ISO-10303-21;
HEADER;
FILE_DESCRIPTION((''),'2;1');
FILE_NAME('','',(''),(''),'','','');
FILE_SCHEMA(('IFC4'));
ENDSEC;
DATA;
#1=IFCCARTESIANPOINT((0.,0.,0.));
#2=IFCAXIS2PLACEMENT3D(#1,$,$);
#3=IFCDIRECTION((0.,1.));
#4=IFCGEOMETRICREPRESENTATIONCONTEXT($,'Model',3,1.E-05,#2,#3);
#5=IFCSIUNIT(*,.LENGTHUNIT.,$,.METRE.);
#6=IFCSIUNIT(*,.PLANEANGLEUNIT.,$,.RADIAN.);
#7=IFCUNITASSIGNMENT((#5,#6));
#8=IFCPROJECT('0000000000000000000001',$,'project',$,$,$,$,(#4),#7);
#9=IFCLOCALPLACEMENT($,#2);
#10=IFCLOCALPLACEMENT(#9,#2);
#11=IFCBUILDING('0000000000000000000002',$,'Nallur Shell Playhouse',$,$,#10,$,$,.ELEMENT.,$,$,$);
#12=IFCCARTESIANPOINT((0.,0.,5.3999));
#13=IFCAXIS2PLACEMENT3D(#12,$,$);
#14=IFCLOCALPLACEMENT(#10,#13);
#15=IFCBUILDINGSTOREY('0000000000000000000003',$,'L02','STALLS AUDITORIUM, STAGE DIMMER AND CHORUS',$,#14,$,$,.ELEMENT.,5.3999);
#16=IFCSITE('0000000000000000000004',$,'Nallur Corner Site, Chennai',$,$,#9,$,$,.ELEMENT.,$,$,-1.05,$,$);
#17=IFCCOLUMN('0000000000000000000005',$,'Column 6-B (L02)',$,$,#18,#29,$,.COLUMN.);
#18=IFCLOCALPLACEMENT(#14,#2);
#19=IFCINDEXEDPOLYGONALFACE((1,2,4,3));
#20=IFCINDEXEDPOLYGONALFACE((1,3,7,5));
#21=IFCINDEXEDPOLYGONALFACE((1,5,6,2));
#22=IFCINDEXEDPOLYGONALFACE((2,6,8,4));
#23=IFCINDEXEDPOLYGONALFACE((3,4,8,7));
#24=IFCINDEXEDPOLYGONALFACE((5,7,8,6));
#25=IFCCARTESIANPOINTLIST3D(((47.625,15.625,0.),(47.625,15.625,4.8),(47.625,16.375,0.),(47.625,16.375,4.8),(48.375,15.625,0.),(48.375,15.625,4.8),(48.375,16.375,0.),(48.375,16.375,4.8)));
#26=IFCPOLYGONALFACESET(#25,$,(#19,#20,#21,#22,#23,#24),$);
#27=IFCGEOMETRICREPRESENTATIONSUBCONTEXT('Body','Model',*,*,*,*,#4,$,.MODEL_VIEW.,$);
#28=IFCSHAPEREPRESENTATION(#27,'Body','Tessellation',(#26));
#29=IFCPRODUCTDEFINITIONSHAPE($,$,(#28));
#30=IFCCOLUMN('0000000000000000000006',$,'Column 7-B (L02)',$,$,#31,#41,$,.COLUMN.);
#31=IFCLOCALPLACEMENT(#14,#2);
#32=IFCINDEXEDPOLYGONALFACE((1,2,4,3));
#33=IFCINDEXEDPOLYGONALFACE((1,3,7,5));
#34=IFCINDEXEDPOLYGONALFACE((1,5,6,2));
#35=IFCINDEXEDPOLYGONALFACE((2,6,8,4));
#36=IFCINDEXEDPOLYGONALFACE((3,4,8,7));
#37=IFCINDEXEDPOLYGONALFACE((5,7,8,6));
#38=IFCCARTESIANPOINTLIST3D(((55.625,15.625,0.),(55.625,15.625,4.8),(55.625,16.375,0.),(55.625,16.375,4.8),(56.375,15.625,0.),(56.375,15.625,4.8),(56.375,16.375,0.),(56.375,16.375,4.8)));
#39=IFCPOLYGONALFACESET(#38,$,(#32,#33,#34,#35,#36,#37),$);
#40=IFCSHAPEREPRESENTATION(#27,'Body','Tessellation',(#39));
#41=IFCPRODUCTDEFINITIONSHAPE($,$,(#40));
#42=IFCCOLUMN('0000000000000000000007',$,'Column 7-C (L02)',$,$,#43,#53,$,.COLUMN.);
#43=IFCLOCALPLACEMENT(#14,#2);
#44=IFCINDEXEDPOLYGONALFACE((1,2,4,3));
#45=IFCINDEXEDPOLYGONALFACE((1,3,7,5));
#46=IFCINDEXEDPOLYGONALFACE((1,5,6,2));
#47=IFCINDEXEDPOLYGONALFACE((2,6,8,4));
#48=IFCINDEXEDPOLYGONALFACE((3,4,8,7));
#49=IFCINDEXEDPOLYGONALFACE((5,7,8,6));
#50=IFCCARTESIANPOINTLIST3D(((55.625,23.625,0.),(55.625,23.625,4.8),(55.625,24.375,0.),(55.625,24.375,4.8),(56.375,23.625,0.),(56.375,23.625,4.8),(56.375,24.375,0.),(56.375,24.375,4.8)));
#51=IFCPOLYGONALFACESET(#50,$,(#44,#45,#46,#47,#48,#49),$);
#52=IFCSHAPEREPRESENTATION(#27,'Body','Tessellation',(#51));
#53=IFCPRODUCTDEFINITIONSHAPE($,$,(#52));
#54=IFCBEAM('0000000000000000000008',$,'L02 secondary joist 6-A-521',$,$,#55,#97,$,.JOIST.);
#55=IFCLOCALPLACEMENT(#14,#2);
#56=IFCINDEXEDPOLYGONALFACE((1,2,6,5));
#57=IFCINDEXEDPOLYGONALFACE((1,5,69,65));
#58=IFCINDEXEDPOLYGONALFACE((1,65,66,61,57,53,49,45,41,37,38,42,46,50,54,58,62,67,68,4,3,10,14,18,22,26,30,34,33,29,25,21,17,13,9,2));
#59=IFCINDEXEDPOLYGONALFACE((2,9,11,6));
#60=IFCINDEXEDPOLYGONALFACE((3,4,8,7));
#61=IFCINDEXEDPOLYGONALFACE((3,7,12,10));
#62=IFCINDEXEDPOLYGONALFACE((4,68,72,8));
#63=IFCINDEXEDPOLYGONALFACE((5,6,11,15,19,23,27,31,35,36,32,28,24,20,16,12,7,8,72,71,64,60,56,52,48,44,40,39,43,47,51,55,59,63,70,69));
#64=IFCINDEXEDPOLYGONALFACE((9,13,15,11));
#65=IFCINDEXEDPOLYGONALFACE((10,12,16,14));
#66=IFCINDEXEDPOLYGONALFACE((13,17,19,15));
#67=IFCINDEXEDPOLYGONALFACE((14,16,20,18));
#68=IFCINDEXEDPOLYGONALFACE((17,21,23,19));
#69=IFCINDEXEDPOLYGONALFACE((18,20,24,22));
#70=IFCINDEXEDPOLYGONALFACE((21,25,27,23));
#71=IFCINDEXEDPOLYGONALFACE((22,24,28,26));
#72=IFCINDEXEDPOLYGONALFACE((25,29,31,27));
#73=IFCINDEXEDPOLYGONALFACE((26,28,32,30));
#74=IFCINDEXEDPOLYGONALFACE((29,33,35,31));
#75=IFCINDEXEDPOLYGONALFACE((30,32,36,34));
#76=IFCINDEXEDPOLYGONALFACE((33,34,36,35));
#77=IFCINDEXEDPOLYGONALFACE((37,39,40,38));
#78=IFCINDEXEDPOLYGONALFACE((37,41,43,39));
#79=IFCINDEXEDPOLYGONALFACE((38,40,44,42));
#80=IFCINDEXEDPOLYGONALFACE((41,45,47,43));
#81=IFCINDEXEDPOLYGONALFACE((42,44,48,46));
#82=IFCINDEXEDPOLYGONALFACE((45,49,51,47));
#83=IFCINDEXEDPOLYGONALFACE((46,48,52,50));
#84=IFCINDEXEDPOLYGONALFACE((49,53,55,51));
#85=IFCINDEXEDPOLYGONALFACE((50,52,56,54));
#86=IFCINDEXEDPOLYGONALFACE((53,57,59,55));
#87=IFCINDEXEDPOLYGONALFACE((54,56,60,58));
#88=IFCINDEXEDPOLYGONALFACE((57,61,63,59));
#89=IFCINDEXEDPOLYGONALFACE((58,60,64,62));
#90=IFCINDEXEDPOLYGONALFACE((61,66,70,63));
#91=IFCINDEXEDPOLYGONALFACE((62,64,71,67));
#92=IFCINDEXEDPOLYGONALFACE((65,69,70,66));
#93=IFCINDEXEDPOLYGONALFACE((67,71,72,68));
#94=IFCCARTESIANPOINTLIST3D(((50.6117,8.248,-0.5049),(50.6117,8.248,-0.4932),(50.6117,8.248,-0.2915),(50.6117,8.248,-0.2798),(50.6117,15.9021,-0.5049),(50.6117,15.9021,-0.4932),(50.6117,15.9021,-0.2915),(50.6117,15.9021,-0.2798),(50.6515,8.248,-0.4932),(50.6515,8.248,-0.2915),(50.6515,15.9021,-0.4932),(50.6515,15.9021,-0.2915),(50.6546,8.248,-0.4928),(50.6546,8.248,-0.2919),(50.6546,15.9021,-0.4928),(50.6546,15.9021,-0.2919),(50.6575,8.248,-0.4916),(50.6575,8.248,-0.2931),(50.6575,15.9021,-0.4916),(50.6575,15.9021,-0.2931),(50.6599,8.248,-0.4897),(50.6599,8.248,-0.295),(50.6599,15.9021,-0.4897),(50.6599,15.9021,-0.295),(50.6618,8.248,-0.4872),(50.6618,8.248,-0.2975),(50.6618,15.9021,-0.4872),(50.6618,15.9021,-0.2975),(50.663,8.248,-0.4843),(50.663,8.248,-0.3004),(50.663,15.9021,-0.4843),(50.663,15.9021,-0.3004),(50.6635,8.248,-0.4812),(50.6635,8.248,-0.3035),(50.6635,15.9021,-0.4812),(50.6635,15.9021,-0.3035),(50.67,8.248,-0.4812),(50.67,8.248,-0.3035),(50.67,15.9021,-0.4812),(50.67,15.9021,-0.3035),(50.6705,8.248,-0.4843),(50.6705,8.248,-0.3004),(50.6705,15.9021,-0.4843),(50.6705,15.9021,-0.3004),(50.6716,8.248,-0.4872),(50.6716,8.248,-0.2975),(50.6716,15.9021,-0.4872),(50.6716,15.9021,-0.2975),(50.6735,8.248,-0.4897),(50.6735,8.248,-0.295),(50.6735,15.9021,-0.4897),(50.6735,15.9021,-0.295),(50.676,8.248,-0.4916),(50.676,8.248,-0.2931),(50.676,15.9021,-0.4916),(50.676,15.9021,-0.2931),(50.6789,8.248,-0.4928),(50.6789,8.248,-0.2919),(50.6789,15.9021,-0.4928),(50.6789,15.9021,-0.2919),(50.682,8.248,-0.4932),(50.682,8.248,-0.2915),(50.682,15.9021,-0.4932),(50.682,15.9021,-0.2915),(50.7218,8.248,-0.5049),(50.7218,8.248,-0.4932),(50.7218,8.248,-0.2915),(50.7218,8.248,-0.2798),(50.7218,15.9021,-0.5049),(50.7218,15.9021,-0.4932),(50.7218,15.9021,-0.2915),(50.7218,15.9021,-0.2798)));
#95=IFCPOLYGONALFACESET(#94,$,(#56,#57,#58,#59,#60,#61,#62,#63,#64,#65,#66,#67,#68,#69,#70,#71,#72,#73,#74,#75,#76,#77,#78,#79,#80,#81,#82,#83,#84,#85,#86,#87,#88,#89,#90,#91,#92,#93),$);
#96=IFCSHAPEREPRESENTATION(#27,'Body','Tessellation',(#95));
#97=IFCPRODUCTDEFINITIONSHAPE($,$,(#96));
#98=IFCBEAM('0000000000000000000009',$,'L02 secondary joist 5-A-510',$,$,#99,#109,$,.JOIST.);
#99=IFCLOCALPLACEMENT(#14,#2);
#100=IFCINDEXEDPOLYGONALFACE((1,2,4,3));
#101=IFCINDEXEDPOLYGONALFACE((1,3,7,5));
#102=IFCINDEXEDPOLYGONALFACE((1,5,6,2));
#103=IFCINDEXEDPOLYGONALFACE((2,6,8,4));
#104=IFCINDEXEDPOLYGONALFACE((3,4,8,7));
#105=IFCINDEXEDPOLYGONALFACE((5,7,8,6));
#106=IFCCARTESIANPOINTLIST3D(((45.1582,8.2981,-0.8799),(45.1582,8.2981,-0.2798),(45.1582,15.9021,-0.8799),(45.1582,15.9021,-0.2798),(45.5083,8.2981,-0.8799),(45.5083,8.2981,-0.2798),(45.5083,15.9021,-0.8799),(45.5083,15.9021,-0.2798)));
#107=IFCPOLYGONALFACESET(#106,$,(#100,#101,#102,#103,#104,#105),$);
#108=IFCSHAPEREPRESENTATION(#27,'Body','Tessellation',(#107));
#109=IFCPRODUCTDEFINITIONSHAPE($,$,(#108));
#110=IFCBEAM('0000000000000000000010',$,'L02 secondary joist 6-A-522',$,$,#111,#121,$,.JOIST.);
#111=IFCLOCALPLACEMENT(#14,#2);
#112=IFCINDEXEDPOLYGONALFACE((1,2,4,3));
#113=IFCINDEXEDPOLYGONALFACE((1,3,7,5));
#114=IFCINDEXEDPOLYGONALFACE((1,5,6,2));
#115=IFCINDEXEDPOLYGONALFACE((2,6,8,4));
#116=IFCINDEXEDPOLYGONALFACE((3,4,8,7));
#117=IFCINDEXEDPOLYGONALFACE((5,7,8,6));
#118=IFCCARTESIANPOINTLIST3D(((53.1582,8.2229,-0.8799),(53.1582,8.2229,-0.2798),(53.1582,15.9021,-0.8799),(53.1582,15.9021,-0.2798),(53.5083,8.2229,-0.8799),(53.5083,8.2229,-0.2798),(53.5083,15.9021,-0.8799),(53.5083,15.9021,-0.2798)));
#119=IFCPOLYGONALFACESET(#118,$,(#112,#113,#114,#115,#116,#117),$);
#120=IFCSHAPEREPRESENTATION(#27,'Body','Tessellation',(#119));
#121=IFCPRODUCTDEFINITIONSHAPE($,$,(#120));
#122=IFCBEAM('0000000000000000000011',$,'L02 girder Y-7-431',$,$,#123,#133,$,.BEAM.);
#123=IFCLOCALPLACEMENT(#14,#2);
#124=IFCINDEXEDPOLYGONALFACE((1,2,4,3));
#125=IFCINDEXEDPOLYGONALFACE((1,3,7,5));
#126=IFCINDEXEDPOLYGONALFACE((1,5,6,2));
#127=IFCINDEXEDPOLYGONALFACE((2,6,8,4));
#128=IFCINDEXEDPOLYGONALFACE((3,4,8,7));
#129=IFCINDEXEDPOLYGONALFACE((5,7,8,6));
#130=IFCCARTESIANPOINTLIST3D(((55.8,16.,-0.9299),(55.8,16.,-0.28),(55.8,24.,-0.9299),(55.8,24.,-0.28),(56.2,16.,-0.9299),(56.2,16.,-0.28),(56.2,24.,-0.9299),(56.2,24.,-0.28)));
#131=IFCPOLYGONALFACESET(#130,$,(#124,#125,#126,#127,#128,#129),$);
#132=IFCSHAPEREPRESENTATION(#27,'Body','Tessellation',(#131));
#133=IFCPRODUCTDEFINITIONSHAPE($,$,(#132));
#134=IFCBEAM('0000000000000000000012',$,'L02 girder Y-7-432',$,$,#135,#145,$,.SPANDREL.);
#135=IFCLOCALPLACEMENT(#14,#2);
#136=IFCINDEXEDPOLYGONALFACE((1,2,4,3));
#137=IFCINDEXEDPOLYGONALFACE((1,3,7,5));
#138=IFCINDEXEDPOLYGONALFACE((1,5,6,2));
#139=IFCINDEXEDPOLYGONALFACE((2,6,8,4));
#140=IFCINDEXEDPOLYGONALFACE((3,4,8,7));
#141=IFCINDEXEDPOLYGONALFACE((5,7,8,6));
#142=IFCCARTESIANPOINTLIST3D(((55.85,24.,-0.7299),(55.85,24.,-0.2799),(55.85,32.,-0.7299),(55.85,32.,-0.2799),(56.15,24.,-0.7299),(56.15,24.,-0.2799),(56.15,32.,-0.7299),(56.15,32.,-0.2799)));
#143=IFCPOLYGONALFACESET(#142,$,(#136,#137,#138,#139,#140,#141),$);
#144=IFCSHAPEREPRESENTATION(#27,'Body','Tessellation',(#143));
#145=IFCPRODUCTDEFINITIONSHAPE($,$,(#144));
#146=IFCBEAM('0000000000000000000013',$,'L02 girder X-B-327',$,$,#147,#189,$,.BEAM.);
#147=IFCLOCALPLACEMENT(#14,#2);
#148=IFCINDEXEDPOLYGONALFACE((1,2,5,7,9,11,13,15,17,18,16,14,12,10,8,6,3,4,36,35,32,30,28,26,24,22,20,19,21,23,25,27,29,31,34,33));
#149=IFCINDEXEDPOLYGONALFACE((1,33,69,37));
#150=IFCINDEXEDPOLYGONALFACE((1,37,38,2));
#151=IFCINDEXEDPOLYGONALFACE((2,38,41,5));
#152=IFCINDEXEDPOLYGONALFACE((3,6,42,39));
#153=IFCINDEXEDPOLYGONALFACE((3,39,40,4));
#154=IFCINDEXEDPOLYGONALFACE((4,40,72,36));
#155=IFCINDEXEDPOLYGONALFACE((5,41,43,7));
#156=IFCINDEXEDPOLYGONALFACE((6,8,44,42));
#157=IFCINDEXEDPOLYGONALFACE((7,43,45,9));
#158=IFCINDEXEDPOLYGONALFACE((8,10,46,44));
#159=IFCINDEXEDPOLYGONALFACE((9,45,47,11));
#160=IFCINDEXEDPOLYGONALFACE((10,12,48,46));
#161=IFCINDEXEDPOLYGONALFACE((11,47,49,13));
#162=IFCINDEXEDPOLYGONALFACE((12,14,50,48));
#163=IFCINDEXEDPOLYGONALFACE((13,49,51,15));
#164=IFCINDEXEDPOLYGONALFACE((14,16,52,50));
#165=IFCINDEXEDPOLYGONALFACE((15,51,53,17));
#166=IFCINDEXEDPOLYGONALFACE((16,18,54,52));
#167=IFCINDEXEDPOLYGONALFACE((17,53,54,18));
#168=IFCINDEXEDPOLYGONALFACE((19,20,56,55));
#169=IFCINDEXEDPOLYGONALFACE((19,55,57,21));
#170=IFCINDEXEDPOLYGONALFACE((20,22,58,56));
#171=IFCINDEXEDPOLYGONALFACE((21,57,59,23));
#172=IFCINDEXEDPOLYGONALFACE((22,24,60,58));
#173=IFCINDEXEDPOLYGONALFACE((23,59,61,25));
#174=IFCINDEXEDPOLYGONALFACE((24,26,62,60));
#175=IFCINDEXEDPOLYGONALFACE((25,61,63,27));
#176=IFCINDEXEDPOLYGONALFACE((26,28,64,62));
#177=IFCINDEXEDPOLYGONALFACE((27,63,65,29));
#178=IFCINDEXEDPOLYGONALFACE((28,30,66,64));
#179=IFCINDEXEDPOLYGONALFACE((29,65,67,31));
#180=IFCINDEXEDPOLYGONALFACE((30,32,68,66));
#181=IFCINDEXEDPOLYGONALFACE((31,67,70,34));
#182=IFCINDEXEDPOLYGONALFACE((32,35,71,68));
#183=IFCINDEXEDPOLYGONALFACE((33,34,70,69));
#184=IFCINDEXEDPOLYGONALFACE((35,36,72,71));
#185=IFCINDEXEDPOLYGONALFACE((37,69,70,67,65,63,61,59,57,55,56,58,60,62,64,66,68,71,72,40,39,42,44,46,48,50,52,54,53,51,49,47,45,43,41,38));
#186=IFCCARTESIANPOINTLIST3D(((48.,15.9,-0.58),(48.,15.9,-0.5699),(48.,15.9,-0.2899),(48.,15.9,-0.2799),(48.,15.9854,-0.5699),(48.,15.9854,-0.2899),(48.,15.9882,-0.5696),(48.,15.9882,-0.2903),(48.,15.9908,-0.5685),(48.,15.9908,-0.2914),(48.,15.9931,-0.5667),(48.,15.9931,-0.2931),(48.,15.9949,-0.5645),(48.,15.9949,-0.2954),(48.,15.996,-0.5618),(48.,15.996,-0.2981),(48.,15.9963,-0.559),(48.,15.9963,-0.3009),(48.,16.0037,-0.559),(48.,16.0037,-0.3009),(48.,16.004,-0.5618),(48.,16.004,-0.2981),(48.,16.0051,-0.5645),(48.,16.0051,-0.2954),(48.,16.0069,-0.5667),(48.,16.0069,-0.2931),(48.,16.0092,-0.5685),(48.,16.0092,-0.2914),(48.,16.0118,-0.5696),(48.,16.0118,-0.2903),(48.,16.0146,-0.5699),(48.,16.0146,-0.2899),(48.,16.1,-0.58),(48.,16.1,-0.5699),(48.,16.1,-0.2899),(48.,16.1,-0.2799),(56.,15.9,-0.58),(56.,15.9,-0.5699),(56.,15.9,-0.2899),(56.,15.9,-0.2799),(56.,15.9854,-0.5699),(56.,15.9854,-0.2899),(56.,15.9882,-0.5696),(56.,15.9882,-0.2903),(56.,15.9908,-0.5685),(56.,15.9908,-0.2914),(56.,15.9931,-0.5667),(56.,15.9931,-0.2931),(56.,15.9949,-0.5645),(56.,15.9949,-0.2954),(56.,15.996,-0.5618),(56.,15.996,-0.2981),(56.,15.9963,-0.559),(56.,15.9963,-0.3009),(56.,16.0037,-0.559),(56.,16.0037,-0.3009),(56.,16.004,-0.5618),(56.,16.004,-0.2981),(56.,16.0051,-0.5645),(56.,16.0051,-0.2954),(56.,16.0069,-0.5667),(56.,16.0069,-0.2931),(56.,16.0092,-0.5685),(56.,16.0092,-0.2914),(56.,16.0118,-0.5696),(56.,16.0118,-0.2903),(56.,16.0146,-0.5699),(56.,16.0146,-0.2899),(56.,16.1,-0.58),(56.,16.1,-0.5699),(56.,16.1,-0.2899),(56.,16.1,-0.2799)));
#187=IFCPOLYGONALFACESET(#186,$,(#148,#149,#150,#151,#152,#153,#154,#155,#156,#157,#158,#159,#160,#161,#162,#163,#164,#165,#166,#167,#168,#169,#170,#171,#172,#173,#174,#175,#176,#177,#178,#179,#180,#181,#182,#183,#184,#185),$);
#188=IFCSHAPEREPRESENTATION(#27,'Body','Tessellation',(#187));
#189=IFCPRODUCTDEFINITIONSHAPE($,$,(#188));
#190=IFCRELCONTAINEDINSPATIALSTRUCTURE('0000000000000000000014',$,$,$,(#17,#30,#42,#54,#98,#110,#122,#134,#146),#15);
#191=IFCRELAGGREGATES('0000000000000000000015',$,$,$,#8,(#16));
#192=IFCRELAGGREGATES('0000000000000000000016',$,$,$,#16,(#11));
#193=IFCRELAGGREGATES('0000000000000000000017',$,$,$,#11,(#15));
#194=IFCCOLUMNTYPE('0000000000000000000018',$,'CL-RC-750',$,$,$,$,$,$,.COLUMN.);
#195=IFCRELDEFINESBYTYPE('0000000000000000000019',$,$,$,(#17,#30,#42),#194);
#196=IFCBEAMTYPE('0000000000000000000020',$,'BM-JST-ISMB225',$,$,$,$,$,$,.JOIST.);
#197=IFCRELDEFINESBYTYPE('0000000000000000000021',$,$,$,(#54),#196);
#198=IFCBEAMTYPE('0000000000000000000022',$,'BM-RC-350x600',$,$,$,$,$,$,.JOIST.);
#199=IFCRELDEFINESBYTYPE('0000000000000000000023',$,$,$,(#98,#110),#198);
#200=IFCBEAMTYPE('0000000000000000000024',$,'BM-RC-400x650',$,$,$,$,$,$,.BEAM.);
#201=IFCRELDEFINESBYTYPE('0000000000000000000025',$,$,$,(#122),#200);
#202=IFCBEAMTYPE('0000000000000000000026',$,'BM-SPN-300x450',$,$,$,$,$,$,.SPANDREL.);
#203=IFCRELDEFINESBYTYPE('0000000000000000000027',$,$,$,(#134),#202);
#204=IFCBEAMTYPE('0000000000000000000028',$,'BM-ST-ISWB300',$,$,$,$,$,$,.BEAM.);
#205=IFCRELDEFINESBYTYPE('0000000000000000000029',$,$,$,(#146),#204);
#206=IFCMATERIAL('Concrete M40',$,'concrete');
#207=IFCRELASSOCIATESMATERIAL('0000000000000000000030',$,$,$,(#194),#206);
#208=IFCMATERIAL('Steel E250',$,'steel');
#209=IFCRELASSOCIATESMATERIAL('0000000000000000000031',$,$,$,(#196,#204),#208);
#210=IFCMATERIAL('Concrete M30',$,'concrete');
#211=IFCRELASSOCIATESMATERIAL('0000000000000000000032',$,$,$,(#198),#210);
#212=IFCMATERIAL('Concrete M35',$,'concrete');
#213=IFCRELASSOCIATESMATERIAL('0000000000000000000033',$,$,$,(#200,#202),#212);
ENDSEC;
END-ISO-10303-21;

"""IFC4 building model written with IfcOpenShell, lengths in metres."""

from ifc_helpers import new_model, si_unit, direction, frame, origin, origin_2d, place, context, subcontext, project, spatial, rectangle, i_section, extrude, material, material_profile, profile_set, type_object, element, save


model = new_model("IFC4")

# Units and contexts
model_context = context("Model", 3, precision=1e-05, world=origin(), true_north=direction((0.0, 1.0)))
body_context = subcontext(model_context, "Body", "Model", "MODEL_VIEW")
ifc_project = project(units=[si_unit("LENGTHUNIT", "METRE"), si_unit("PLANEANGLEUNIT", "RADIAN")], contexts=[model_context])

# Site, building, storey
site_placement = place(None, origin())
site = spatial("IfcSite", under=ifc_project, at=site_placement, Name="Nallur Corner Site, Chennai", CompositionType="ELEMENT", RefElevation=-1.05)
building_placement = place(site_placement, origin())
building = spatial("IfcBuilding", under=site, at=building_placement, Name="Nallur Shell Playhouse", CompositionType="ELEMENT")
storey_placement = place(building_placement, frame((0.0, 0.0, 5.3999)))
storey = spatial("IfcBuildingStorey", under=building, at=storey_placement, Name="L02", Description="STALLS AUDITORIUM, STAGE DIMMER AND CHORUS", CompositionType="ELEMENT", Elevation=5.3999)

# Columns
ifc_material_1 = material(Name="Concrete M40", Category="concrete")
ifc_material_profile_1 = material_profile(ifc_material_1, rectangle(XDim=0.75, YDim=0.75, at=origin_2d()), Name="RC 750x750")
ifc_profile_set_1 = profile_set([ifc_material_profile_1], Name="Concrete M40")
column_type = type_object("IfcColumnType", Name="CL-RC-750", PredefinedType="COLUMN", material=ifc_profile_set_1)
for number, where, z_axis, x_axis, name in (
    (1, (48.0, 16.0, 0.0), (0.0, 0.0, 1.0), (1.0, 0.0, 0.0), "Column 6-B (L02)"),
    (2, (56.0, 16.0, 0.0), (0.0, 0.0, 1.0), (1.0, 0.0, 0.0), "Column 7-B (L02)"),
    (3, (56.0, 24.0, 0.0), (0.0, 0.0, 1.0), (1.0, 0.0, 0.0), "Column 7-C (L02)"),
):
    element("IfcColumn", number, at=place(storey_placement, frame(where, z_axis=z_axis, x_axis=x_axis)), inside=storey, type_object=column_type, Name=name, PredefinedType="COLUMN", context=body_context, shape_type="SweptSolid", body=[
        extrude(rectangle(XDim=0.75, YDim=0.75, at=origin_2d()), origin(), (0.0, 0.0, 1.0), 4.8),
    ])

# Beams
ifc_material_2 = material(Name="Steel E250", Category="steel")
ifc_material_profile_2 = material_profile(ifc_material_2, i_section(OverallWidth=0.1101, OverallDepth=0.2251, WebThickness=0.0066, FlangeThickness=0.0117, FilletRadius=0.012, at=origin_2d()), Name="ISMB 225")
ifc_profile_set_2 = profile_set([ifc_material_profile_2], Name="Steel E250")
beam_type_1 = type_object("IfcBeamType", Name="BM-JST-ISMB225", PredefinedType="JOIST", material=ifc_profile_set_2)
beam_1_placement = place(storey_placement, frame((50.6667, 8.248, -0.3923), z_axis=(0.0, 1.0, 0.0), x_axis=(-1.0, 0.0, 0.0)))
element("IfcBeam", 4, at=beam_1_placement, inside=storey, type_object=beam_type_1, Name="L02 secondary joist 6-A-521", PredefinedType="JOIST", context=body_context, shape_type="SweptSolid", body=[
    extrude(i_section(OverallWidth=0.1101, OverallDepth=0.2251, WebThickness=0.0066, FlangeThickness=0.0117, FilletRadius=0.012, at=origin_2d()), origin(), (0.0, 0.0, 1.0), 7.6541),
])
ifc_material_3 = material(Name="Concrete M30", Category="concrete")
ifc_material_profile_3 = material_profile(ifc_material_3, rectangle(XDim=0.3501, YDim=0.6001, at=origin_2d()), Name="RC 350x600")
ifc_profile_set_3 = profile_set([ifc_material_profile_3], Name="Concrete M30")
beam_type_2 = type_object("IfcBeamType", Name="BM-RC-350x600", PredefinedType="JOIST", material=ifc_profile_set_3)
beam_2_placement = place(storey_placement, frame((45.3333, 8.2981, -0.5798), z_axis=(0.0, 1.0, 0.0), x_axis=(-1.0, 0.0, 0.0)))
element("IfcBeam", 5, at=beam_2_placement, inside=storey, type_object=beam_type_2, Name="L02 secondary joist 5-A-510", PredefinedType="JOIST", context=body_context, shape_type="SweptSolid", body=[
    extrude(rectangle(XDim=0.3501, YDim=0.6001, at=origin_2d()), origin(), (0.0, 0.0, 1.0), 7.604),
])
beam_3_placement = place(storey_placement, frame((53.3333, 8.2229, -0.5798), z_axis=(0.0, 1.0, 0.0), x_axis=(-1.0, 0.0, 0.0)))
element("IfcBeam", 6, at=beam_3_placement, inside=storey, type_object=beam_type_2, Name="L02 secondary joist 6-A-522", PredefinedType="JOIST", context=body_context, shape_type="SweptSolid", body=[
    extrude(rectangle(XDim=0.3501, YDim=0.6001, at=origin_2d()), origin(), (0.0, 0.0, 1.0), 7.6792),
])
ifc_material_4 = material(Name="Concrete M35", Category="concrete")
ifc_material_profile_4 = material_profile(ifc_material_4, rectangle(XDim=0.3999, YDim=0.6499, at=origin_2d()), Name="RC 400x650")
ifc_profile_set_4 = profile_set([ifc_material_profile_4], Name="Concrete M35")
beam_type_3 = type_object("IfcBeamType", Name="BM-RC-400x650", PredefinedType="BEAM", material=ifc_profile_set_4)
beam_4_placement = place(storey_placement, frame((56.0, 16.0, -0.605), z_axis=(0.0, 1.0, 0.0), x_axis=(-1.0, 0.0, 0.0)))
element("IfcBeam", 7, at=beam_4_placement, inside=storey, type_object=beam_type_3, Name="L02 girder Y-7-431", PredefinedType="BEAM", context=body_context, shape_type="SweptSolid", body=[
    extrude(rectangle(XDim=0.3999, YDim=0.6499, at=origin_2d()), origin(), (0.0, 0.0, 1.0), 8.0),
])
ifc_material_profile_5 = material_profile(ifc_material_4, rectangle(XDim=0.3, YDim=0.45, at=origin_2d()), Name="RC 300x450")
ifc_profile_set_5 = profile_set([ifc_material_profile_5], Name="Concrete M35")
beam_type_4 = type_object("IfcBeamType", Name="BM-SPN-300x450", PredefinedType="SPANDREL", material=ifc_profile_set_5)
beam_5_placement = place(storey_placement, frame((56.0, 24.0, -0.5049), z_axis=(0.0, 1.0, 0.0), x_axis=(-1.0, 0.0, 0.0)))
element("IfcBeam", 8, at=beam_5_placement, inside=storey, type_object=beam_type_4, Name="L02 girder Y-7-432", PredefinedType="SPANDREL", context=body_context, shape_type="SweptSolid", body=[
    extrude(rectangle(XDim=0.3, YDim=0.45, at=origin_2d()), origin(), (0.0, 0.0, 1.0), 8.0),
])
ifc_material_profile_6 = material_profile(ifc_material_2, i_section(OverallWidth=0.2, OverallDepth=0.3, WebThickness=0.0073, FlangeThickness=0.01, FilletRadius=0.011, at=origin_2d()), Name="ISWB 300")
ifc_profile_set_6 = profile_set([ifc_material_profile_6], Name="Steel E250")
beam_type_5 = type_object("IfcBeamType", Name="BM-ST-ISWB300", PredefinedType="BEAM", material=ifc_profile_set_6)
beam_6_placement = place(storey_placement, frame((48.0, 16.0, -0.4299), z_axis=(1.0, 0.0, 0.0), x_axis=(0.0, 1.0, 0.0)))
element("IfcBeam", 9, at=beam_6_placement, inside=storey, type_object=beam_type_5, Name="L02 girder X-B-327", PredefinedType="BEAM", context=body_context, shape_type="SweptSolid", body=[
    extrude(i_section(OverallWidth=0.2, OverallDepth=0.3, WebThickness=0.0073, FlangeThickness=0.01, FilletRadius=0.011, at=origin_2d()), origin(), (0.0, 0.0, 1.0), 8.0),
])

save(model, "model.ifc")
